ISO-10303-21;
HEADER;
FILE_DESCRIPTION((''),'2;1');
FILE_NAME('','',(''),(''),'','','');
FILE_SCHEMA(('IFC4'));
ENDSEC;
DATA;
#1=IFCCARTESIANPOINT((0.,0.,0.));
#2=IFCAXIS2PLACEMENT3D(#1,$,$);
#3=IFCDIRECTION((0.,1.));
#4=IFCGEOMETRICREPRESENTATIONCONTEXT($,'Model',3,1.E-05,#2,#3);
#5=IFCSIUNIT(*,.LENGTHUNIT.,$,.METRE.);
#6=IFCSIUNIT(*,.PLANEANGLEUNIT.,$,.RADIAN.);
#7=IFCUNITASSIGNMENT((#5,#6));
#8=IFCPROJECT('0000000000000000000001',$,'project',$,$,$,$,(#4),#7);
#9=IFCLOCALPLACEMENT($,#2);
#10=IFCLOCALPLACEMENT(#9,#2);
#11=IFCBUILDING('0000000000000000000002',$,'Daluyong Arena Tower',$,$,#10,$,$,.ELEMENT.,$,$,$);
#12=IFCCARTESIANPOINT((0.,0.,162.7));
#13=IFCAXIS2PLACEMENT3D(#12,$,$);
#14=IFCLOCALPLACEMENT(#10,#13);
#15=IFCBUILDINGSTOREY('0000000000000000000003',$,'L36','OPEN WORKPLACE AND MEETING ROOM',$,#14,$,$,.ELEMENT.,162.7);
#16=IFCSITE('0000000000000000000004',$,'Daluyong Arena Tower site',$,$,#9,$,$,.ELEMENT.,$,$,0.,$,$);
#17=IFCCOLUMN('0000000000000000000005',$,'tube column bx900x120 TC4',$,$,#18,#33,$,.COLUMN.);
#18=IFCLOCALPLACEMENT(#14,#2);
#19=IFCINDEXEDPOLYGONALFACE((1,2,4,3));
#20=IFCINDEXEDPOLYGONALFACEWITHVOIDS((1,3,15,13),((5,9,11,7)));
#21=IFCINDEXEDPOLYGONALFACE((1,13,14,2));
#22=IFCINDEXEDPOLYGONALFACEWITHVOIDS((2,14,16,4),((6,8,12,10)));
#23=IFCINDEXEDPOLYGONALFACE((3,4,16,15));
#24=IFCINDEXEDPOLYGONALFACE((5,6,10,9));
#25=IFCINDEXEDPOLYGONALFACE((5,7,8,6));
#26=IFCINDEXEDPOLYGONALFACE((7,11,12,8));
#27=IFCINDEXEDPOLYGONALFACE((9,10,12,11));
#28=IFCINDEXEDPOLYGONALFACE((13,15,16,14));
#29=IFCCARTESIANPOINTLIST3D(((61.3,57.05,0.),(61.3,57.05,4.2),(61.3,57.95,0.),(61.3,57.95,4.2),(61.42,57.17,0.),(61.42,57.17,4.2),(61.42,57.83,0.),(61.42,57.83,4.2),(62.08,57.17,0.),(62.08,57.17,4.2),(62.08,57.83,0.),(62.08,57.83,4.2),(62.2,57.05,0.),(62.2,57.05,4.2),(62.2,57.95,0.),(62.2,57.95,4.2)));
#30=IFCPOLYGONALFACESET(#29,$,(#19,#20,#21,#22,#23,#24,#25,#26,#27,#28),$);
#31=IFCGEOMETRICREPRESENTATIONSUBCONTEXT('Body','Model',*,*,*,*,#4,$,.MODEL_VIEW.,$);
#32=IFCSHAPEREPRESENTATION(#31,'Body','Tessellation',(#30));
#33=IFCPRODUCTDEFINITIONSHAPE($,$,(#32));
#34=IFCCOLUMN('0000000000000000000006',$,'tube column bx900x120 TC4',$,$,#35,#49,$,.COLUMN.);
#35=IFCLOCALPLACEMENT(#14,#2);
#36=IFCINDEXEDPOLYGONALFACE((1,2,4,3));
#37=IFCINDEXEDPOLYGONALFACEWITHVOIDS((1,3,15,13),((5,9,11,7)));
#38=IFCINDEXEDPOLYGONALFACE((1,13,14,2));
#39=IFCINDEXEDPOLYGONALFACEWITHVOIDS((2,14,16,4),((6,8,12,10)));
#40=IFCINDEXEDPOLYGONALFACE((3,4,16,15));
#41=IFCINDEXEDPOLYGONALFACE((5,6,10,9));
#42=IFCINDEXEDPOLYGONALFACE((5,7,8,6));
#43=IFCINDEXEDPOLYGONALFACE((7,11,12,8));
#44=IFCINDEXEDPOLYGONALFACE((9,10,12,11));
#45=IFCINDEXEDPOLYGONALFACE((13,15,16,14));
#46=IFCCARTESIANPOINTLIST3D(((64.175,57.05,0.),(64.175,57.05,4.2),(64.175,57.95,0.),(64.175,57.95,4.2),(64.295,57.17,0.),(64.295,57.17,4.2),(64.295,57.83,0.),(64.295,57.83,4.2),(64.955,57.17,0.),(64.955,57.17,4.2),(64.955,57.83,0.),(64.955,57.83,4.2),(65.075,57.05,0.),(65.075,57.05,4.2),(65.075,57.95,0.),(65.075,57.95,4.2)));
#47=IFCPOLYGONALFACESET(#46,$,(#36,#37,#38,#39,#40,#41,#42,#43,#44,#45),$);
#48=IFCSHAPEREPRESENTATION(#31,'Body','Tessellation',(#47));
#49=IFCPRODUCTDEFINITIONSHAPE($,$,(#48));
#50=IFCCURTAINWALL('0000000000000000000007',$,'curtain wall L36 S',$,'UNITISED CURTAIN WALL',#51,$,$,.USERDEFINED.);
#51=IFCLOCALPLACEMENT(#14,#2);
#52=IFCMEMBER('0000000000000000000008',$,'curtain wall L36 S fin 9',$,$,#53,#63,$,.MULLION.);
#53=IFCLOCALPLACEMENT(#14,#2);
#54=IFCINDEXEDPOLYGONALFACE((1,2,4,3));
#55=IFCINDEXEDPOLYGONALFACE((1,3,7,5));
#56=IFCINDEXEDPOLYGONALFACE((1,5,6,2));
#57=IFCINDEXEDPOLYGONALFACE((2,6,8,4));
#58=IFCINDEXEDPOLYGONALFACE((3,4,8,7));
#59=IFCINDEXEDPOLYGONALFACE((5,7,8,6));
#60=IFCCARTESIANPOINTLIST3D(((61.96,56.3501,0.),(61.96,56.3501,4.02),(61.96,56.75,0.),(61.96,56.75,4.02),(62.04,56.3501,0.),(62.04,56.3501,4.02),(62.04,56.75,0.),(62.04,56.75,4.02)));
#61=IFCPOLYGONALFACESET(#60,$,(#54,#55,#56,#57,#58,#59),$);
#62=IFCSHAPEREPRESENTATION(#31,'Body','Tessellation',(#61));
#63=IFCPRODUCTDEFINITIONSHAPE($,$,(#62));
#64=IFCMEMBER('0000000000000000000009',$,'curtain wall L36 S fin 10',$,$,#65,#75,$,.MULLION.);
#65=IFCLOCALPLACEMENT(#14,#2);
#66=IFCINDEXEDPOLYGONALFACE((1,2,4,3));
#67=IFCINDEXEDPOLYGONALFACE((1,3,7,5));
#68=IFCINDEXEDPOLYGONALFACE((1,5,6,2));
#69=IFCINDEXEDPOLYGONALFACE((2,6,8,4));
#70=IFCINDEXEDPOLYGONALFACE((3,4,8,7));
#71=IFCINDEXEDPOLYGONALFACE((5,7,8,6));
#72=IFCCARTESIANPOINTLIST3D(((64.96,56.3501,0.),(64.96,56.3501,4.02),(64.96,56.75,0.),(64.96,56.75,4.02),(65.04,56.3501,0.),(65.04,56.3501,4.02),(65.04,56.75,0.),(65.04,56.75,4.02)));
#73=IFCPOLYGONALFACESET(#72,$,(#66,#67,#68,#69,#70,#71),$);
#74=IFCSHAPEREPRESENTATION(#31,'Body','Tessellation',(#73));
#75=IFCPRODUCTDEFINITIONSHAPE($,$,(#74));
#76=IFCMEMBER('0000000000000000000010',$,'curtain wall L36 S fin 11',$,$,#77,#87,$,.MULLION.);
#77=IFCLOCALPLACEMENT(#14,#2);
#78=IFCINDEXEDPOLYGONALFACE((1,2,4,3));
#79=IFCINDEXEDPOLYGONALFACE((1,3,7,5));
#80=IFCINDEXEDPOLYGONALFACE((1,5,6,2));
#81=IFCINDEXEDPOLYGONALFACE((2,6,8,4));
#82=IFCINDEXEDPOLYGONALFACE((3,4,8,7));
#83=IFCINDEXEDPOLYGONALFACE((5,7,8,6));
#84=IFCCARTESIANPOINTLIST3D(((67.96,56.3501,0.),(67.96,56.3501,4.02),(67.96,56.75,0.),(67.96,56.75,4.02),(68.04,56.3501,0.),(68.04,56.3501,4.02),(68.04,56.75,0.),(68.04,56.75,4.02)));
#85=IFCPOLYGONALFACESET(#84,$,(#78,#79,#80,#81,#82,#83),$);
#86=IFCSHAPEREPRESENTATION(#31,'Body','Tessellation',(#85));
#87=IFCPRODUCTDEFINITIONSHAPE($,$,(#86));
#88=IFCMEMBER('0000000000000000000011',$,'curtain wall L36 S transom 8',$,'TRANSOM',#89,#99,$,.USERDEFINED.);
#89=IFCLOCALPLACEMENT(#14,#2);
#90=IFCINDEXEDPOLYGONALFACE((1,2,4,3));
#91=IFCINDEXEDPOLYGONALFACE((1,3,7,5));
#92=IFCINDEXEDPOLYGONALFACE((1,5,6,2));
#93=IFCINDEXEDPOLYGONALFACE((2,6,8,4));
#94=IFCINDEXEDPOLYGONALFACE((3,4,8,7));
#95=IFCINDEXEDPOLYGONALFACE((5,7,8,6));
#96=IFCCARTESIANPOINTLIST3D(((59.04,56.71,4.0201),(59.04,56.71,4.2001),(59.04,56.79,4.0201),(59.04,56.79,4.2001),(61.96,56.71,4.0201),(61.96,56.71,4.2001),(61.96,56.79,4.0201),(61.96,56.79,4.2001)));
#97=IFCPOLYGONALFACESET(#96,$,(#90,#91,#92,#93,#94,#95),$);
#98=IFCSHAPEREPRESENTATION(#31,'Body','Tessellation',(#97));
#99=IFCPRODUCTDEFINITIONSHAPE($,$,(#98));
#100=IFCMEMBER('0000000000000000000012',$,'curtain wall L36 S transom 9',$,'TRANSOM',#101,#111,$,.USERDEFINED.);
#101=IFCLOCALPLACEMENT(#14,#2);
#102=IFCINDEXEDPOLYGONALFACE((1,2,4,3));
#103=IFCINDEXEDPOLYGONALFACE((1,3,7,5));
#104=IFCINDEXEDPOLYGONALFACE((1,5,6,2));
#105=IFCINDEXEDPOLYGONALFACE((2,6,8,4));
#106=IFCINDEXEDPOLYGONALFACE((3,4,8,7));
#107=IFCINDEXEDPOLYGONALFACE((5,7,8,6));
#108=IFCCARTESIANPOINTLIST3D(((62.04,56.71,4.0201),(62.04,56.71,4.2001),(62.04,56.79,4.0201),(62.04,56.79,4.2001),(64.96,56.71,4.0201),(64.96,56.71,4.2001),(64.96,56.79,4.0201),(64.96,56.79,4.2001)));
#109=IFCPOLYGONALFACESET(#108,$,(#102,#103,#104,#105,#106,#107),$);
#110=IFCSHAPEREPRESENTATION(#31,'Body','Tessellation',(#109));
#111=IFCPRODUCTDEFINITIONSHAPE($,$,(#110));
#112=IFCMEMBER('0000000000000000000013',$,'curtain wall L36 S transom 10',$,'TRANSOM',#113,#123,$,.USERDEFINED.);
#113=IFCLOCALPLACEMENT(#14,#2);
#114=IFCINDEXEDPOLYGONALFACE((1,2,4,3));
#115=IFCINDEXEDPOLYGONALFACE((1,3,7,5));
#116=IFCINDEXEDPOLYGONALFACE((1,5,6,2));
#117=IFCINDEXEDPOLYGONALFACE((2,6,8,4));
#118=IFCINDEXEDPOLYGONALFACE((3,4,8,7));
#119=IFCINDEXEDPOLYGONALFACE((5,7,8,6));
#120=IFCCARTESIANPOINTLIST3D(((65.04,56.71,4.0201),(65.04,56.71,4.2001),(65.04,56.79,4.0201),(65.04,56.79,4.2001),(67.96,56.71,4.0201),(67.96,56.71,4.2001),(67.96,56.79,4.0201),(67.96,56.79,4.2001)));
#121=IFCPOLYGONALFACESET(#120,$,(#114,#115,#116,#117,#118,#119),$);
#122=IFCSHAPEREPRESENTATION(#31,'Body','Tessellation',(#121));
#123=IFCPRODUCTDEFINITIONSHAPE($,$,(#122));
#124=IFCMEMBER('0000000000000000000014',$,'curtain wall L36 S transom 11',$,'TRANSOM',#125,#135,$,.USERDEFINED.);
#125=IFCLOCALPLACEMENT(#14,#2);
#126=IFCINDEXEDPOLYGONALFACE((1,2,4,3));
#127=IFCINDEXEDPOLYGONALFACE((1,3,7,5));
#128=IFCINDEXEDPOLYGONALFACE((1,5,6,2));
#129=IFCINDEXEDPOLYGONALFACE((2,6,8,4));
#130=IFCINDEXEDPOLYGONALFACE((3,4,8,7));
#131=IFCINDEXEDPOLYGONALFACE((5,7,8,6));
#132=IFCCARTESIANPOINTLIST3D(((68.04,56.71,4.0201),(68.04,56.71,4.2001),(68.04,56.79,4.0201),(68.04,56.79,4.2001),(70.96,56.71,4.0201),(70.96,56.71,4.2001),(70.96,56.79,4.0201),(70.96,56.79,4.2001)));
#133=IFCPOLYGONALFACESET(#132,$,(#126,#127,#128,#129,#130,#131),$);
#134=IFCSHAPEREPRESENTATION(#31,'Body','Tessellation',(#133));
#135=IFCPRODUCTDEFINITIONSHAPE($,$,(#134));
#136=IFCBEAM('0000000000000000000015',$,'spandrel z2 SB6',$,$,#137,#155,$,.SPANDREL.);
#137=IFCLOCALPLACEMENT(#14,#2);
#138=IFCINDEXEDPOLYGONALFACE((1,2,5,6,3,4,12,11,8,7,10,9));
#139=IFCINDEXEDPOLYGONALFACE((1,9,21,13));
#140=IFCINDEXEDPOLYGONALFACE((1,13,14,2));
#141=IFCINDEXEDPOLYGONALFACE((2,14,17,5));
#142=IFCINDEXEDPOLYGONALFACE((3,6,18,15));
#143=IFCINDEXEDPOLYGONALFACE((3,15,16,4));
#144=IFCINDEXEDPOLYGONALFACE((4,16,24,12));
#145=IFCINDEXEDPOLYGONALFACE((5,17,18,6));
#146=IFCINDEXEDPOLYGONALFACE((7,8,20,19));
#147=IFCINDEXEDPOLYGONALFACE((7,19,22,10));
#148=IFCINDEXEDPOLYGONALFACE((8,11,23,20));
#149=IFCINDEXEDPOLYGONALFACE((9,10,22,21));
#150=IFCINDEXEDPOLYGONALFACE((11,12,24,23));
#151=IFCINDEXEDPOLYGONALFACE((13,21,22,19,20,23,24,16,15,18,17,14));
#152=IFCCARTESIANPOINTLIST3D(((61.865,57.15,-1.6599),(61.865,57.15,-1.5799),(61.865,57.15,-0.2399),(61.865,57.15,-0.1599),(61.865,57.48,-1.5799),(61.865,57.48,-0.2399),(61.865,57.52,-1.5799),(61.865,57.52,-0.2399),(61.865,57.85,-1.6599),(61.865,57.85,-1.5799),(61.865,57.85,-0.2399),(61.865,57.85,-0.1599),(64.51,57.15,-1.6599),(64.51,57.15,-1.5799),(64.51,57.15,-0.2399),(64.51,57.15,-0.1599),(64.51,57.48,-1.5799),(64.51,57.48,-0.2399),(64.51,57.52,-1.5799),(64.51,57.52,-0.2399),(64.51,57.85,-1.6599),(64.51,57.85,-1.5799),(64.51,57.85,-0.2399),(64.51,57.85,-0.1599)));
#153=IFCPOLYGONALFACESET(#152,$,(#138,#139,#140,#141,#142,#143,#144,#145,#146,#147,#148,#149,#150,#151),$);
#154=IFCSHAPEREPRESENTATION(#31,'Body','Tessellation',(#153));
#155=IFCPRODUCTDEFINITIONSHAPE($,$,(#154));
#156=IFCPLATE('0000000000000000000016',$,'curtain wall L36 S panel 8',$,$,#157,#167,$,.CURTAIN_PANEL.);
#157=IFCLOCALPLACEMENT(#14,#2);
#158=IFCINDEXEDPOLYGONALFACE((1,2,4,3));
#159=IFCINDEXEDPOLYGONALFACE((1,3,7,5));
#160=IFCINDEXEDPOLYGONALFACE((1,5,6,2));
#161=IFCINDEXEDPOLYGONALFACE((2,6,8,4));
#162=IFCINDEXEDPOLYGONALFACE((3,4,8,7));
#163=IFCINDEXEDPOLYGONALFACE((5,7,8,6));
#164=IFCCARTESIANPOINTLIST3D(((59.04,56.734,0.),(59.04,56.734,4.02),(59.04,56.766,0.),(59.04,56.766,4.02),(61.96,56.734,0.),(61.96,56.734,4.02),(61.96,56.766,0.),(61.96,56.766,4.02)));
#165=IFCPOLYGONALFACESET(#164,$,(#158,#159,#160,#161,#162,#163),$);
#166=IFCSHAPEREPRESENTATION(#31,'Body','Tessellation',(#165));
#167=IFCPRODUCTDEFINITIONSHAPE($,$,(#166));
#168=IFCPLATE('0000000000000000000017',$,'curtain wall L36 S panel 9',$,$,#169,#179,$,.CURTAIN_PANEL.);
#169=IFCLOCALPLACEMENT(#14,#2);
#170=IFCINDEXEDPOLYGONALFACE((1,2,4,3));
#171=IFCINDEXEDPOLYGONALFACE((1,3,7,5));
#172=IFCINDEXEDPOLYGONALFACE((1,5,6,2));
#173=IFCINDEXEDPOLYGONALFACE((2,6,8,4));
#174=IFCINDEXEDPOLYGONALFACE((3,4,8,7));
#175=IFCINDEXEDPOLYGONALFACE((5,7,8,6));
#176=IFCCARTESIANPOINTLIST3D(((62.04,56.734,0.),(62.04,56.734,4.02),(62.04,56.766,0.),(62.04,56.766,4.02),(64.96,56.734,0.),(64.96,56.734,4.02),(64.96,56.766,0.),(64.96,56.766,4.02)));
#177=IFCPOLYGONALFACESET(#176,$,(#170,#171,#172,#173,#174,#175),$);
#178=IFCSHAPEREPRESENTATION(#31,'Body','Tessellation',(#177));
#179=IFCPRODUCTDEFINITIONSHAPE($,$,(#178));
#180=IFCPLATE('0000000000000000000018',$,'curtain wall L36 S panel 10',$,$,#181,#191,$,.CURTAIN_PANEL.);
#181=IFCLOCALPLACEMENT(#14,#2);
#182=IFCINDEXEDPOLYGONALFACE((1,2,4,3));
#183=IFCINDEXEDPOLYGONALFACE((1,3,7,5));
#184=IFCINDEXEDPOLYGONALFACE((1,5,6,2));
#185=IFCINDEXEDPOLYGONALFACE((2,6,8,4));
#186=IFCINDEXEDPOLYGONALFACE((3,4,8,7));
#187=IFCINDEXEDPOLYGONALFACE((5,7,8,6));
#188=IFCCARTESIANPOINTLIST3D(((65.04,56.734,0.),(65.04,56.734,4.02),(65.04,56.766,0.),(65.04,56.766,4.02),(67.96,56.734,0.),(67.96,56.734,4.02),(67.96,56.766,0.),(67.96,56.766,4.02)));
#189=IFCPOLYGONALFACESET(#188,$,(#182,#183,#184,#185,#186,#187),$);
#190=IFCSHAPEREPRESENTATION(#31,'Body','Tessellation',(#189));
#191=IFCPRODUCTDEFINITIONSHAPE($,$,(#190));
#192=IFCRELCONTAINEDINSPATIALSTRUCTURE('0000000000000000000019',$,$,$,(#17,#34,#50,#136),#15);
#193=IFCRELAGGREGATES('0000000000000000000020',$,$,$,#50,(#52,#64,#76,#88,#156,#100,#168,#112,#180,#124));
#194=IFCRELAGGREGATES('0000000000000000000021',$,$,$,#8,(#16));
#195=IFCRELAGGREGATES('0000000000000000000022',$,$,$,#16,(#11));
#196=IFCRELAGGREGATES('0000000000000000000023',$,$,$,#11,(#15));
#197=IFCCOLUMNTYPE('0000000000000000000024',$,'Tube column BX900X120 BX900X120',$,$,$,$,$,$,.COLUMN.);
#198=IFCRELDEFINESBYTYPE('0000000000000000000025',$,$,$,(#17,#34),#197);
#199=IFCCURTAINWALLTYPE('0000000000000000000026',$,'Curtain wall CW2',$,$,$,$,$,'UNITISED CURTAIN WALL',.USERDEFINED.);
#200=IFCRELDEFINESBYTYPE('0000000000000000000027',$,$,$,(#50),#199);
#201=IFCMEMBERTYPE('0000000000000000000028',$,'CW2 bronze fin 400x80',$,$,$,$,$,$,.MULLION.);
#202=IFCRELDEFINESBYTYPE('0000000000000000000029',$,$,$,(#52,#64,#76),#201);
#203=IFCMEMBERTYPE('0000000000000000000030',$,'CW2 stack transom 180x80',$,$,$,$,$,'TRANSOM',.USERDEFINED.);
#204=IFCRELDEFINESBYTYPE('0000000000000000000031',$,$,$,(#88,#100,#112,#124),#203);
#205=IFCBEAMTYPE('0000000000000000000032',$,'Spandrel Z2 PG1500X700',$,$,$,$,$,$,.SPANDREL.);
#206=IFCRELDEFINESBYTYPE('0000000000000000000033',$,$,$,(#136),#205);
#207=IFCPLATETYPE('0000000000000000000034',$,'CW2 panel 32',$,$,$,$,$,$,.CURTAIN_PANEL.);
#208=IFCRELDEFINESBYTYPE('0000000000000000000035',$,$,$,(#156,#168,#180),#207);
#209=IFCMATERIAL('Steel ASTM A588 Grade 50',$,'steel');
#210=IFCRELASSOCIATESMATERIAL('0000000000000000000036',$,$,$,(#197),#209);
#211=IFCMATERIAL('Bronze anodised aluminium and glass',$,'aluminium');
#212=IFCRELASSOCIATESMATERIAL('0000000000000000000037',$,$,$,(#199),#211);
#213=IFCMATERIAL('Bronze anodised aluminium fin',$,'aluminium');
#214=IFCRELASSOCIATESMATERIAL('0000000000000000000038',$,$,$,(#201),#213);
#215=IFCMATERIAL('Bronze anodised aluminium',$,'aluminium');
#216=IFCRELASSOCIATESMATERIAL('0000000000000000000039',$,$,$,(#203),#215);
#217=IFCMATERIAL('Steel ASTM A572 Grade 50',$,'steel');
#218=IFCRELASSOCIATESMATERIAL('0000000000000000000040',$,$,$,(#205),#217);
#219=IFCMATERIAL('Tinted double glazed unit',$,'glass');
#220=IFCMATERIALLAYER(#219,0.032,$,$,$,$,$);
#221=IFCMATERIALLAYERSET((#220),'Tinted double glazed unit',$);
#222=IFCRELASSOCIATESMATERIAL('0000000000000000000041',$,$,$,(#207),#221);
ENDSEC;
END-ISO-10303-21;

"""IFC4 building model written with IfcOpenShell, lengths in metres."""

from ifc_helpers import new_model, si_unit, direction, frame, origin, origin_2d, place, context, subcontext, project, spatial, rectangle, hollow_rectangle, i_section, extrude, material, layer, layer_set, material_profile, profile_set, type_object, element, aggregate, save


model = new_model("IFC4")

# Units and contexts
model_context = context("Model", 3, precision=1e-05, world=origin(), true_north=direction((0.0, 1.0)))
body_context = subcontext(model_context, "Body", "Model", "MODEL_VIEW")
ifc_project = project(units=[si_unit("LENGTHUNIT", "METRE"), si_unit("PLANEANGLEUNIT", "RADIAN")], contexts=[model_context])

# Site, building, storey
site_placement = place(None, origin())
site = spatial("IfcSite", under=ifc_project, at=site_placement, Name="Daluyong Arena Tower site", CompositionType="ELEMENT", RefElevation=0.0)
building_placement = place(site_placement, origin())
building = spatial("IfcBuilding", under=site, at=building_placement, Name="Daluyong Arena Tower", CompositionType="ELEMENT")
storey_placement = place(building_placement, frame((0.0, 0.0, 162.7)))
storey = spatial("IfcBuildingStorey", under=building, at=storey_placement, Name="L36", Description="OPEN WORKPLACE AND MEETING ROOM", CompositionType="ELEMENT", Elevation=162.7)

# Columns
ifc_material_1 = material(Name="Steel ASTM A588 Grade 50", Category="steel")
ifc_material_profile_1 = material_profile(ifc_material_1, hollow_rectangle(XDim=0.8999, YDim=0.8999, WallThickness=0.12, at=origin_2d()))
ifc_profile_set_1 = profile_set([ifc_material_profile_1], Name="Steel ASTM A588 Grade 50")
column_type = type_object("IfcColumnType", Name="Tube column BX900X120 BX900X120", PredefinedType="COLUMN", material=ifc_profile_set_1)
for number, where, z_axis, x_axis, name in (
    (1, (61.75, 57.5, 0.0), (0.0, 0.0, 1.0), (1.0, 0.0, 0.0), "tube column bx900x120 TC4"),
    (2, (64.625, 57.5, 0.0), (0.0, 0.0, 1.0), (1.0, 0.0, 0.0), "tube column bx900x120 TC4"),
):
    element("IfcColumn", number, at=place(storey_placement, frame(where, z_axis=z_axis, x_axis=x_axis)), inside=storey, type_object=column_type, Name=name, PredefinedType="COLUMN", context=body_context, shape_type="SweptSolid", body=[
        extrude(hollow_rectangle(XDim=0.8999, YDim=0.8999, WallThickness=0.12, at=origin_2d()), origin(), (0.0, 0.0, 1.0), 4.2),
    ])

# Curtain wall, members
ifc_material_2 = material(Name="Bronze anodised aluminium and glass", Category="aluminium")
curtain_wall_type = type_object("IfcCurtainWallType", Name="Curtain wall CW2", ElementType="UNITISED CURTAIN WALL", PredefinedType="USERDEFINED", material=ifc_material_2)
curtain_wall_placement = place(storey_placement, origin())
curtain_wall = element("IfcCurtainWall", 3, at=curtain_wall_placement, inside=storey, type_object=curtain_wall_type, Name="curtain wall L36 S", ObjectType="UNITISED CURTAIN WALL", PredefinedType="USERDEFINED")
ifc_material_3 = material(Name="Bronze anodised aluminium fin", Category="aluminium")
ifc_material_profile_2 = material_profile(ifc_material_3, rectangle(XDim=0.3999, YDim=0.0801, at=origin_2d()))
ifc_profile_set_2 = profile_set([ifc_material_profile_2], Name="Bronze anodised aluminium fin")
member_type_1 = type_object("IfcMemberType", Name="CW2 bronze fin 400x80", PredefinedType="MULLION", material=ifc_profile_set_2)
member_1_placement = place(storey_placement, frame((62.0, 56.55, 0.0), z_axis=(0.0, 0.0, 1.0), x_axis=(0.0, 1.0, 0.0)))
member_1 = element("IfcMember", 4, at=member_1_placement, type_object=member_type_1, Name="curtain wall L36 S fin 9", PredefinedType="MULLION", context=body_context, shape_type="SweptSolid", body=[
    extrude(rectangle(XDim=0.3999, YDim=0.0801, at=origin_2d()), origin(), (0.0, 0.0, 1.0), 4.02),
])
member_2_placement = place(storey_placement, frame((65.0, 56.55, 0.0), z_axis=(0.0, 0.0, 1.0), x_axis=(0.0, 1.0, 0.0)))
member_2 = element("IfcMember", 5, at=member_2_placement, type_object=member_type_1, Name="curtain wall L36 S fin 10", PredefinedType="MULLION", context=body_context, shape_type="SweptSolid", body=[
    extrude(rectangle(XDim=0.3999, YDim=0.0801, at=origin_2d()), origin(), (0.0, 0.0, 1.0), 4.02),
])
member_3_placement = place(storey_placement, frame((68.0, 56.55, 0.0), z_axis=(0.0, 0.0, 1.0), x_axis=(0.0, 1.0, 0.0)))
member_3 = element("IfcMember", 6, at=member_3_placement, type_object=member_type_1, Name="curtain wall L36 S fin 11", PredefinedType="MULLION", context=body_context, shape_type="SweptSolid", body=[
    extrude(rectangle(XDim=0.3999, YDim=0.0801, at=origin_2d()), origin(), (0.0, 0.0, 1.0), 4.02),
])
ifc_material_4 = material(Name="Bronze anodised aluminium", Category="aluminium")
ifc_material_profile_3 = material_profile(ifc_material_4, rectangle(XDim=0.0801, YDim=0.1799, at=origin_2d()))
ifc_profile_set_3 = profile_set([ifc_material_profile_3], Name="Bronze anodised aluminium")
member_type_2 = type_object("IfcMemberType", Name="CW2 stack transom 180x80", ElementType="TRANSOM", PredefinedType="USERDEFINED", material=ifc_profile_set_3)
member_4_placement = place(storey_placement, frame((59.04, 56.75, 4.1101), z_axis=(1.0, 0.0, 0.0), x_axis=(0.0, 1.0, 0.0)))
member_4 = element("IfcMember", 7, at=member_4_placement, type_object=member_type_2, Name="curtain wall L36 S transom 8", ObjectType="TRANSOM", PredefinedType="USERDEFINED", context=body_context, shape_type="SweptSolid", body=[
    extrude(rectangle(XDim=0.0801, YDim=0.1799, at=origin_2d()), origin(), (0.0, 0.0, 1.0), 2.9199),
])
member_5_placement = place(storey_placement, frame((62.04, 56.75, 4.1101), z_axis=(1.0, 0.0, 0.0), x_axis=(0.0, 1.0, 0.0)))
member_5 = element("IfcMember", 8, at=member_5_placement, type_object=member_type_2, Name="curtain wall L36 S transom 9", ObjectType="TRANSOM", PredefinedType="USERDEFINED", context=body_context, shape_type="SweptSolid", body=[
    extrude(rectangle(XDim=0.0801, YDim=0.1799, at=origin_2d()), origin(), (0.0, 0.0, 1.0), 2.9199),
])
member_6_placement = place(storey_placement, frame((65.04, 56.75, 4.1101), z_axis=(1.0, 0.0, 0.0), x_axis=(0.0, 1.0, 0.0)))
member_6 = element("IfcMember", 9, at=member_6_placement, type_object=member_type_2, Name="curtain wall L36 S transom 10", ObjectType="TRANSOM", PredefinedType="USERDEFINED", context=body_context, shape_type="SweptSolid", body=[
    extrude(rectangle(XDim=0.0801, YDim=0.1799, at=origin_2d()), origin(), (0.0, 0.0, 1.0), 2.9199),
])
member_7_placement = place(storey_placement, frame((68.04, 56.75, 4.1101), z_axis=(1.0, 0.0, 0.0), x_axis=(0.0, 1.0, 0.0)))
member_7 = element("IfcMember", 10, at=member_7_placement, type_object=member_type_2, Name="curtain wall L36 S transom 11", ObjectType="TRANSOM", PredefinedType="USERDEFINED", context=body_context, shape_type="SweptSolid", body=[
    extrude(rectangle(XDim=0.0801, YDim=0.1799, at=origin_2d()), origin(), (0.0, 0.0, 1.0), 2.9199),
])

# Beam
ifc_material_5 = material(Name="Steel ASTM A572 Grade 50", Category="steel")
ifc_material_profile_4 = material_profile(ifc_material_5, i_section(OverallWidth=0.7, OverallDepth=1.5, WebThickness=0.04, FlangeThickness=0.08, at=origin_2d()))
ifc_profile_set_4 = profile_set([ifc_material_profile_4], Name="Steel ASTM A572 Grade 50")
beam_type = type_object("IfcBeamType", Name="Spandrel Z2 PG1500X700", PredefinedType="SPANDREL", material=ifc_profile_set_4)
beam_placement = place(storey_placement, frame((61.865, 57.5, -0.9099), z_axis=(1.0, 0.0, 0.0), x_axis=(0.0, 1.0, 0.0)))
element("IfcBeam", 11, at=beam_placement, inside=storey, type_object=beam_type, Name="spandrel z2 SB6", PredefinedType="SPANDREL", context=body_context, shape_type="SweptSolid", body=[
    extrude(i_section(OverallWidth=0.7, OverallDepth=1.5, WebThickness=0.04, FlangeThickness=0.08, at=origin_2d()), origin(), (0.0, 0.0, 1.0), 2.645),
])

# Plates
ifc_material_6 = material(Name="Tinted double glazed unit", Category="glass")
ifc_layer = layer(ifc_material_6, 0.032)
ifc_layer_set = layer_set([ifc_layer], Name="Tinted double glazed unit")
plate_type = type_object("IfcPlateType", Name="CW2 panel 32", PredefinedType="CURTAIN_PANEL", material=ifc_layer_set)
plate_1_placement = place(storey_placement, frame((60.5, 56.75, 0.0), z_axis=(0.0, 0.0, 1.0), x_axis=(1.0, 0.0, 0.0)))
plate_1 = element("IfcPlate", 12, at=plate_1_placement, type_object=plate_type, Name="curtain wall L36 S panel 8", PredefinedType="CURTAIN_PANEL", context=body_context, shape_type="SweptSolid", body=[
    extrude(rectangle(XDim=2.9199, YDim=0.032, at=origin_2d()), origin(), (0.0, 0.0, 1.0), 4.02),
])
plate_2_placement = place(storey_placement, frame((63.5, 56.75, 0.0), z_axis=(0.0, 0.0, 1.0), x_axis=(1.0, 0.0, 0.0)))
plate_2 = element("IfcPlate", 13, at=plate_2_placement, type_object=plate_type, Name="curtain wall L36 S panel 9", PredefinedType="CURTAIN_PANEL", context=body_context, shape_type="SweptSolid", body=[
    extrude(rectangle(XDim=2.9199, YDim=0.032, at=origin_2d()), origin(), (0.0, 0.0, 1.0), 4.02),
])
plate_3_placement = place(storey_placement, frame((66.5, 56.75, 0.0), z_axis=(0.0, 0.0, 1.0), x_axis=(1.0, 0.0, 0.0)))
plate_3 = element("IfcPlate", 14, at=plate_3_placement, type_object=plate_type, Name="curtain wall L36 S panel 10", PredefinedType="CURTAIN_PANEL", context=body_context, shape_type="SweptSolid", body=[
    extrude(rectangle(XDim=2.9199, YDim=0.032, at=origin_2d()), origin(), (0.0, 0.0, 1.0), 4.02),
])
aggregate(curtain_wall, [member_1, member_2, member_3, member_4, plate_1, member_5, plate_2, member_6, plate_3, member_7])

save(model, "model.ifc")
